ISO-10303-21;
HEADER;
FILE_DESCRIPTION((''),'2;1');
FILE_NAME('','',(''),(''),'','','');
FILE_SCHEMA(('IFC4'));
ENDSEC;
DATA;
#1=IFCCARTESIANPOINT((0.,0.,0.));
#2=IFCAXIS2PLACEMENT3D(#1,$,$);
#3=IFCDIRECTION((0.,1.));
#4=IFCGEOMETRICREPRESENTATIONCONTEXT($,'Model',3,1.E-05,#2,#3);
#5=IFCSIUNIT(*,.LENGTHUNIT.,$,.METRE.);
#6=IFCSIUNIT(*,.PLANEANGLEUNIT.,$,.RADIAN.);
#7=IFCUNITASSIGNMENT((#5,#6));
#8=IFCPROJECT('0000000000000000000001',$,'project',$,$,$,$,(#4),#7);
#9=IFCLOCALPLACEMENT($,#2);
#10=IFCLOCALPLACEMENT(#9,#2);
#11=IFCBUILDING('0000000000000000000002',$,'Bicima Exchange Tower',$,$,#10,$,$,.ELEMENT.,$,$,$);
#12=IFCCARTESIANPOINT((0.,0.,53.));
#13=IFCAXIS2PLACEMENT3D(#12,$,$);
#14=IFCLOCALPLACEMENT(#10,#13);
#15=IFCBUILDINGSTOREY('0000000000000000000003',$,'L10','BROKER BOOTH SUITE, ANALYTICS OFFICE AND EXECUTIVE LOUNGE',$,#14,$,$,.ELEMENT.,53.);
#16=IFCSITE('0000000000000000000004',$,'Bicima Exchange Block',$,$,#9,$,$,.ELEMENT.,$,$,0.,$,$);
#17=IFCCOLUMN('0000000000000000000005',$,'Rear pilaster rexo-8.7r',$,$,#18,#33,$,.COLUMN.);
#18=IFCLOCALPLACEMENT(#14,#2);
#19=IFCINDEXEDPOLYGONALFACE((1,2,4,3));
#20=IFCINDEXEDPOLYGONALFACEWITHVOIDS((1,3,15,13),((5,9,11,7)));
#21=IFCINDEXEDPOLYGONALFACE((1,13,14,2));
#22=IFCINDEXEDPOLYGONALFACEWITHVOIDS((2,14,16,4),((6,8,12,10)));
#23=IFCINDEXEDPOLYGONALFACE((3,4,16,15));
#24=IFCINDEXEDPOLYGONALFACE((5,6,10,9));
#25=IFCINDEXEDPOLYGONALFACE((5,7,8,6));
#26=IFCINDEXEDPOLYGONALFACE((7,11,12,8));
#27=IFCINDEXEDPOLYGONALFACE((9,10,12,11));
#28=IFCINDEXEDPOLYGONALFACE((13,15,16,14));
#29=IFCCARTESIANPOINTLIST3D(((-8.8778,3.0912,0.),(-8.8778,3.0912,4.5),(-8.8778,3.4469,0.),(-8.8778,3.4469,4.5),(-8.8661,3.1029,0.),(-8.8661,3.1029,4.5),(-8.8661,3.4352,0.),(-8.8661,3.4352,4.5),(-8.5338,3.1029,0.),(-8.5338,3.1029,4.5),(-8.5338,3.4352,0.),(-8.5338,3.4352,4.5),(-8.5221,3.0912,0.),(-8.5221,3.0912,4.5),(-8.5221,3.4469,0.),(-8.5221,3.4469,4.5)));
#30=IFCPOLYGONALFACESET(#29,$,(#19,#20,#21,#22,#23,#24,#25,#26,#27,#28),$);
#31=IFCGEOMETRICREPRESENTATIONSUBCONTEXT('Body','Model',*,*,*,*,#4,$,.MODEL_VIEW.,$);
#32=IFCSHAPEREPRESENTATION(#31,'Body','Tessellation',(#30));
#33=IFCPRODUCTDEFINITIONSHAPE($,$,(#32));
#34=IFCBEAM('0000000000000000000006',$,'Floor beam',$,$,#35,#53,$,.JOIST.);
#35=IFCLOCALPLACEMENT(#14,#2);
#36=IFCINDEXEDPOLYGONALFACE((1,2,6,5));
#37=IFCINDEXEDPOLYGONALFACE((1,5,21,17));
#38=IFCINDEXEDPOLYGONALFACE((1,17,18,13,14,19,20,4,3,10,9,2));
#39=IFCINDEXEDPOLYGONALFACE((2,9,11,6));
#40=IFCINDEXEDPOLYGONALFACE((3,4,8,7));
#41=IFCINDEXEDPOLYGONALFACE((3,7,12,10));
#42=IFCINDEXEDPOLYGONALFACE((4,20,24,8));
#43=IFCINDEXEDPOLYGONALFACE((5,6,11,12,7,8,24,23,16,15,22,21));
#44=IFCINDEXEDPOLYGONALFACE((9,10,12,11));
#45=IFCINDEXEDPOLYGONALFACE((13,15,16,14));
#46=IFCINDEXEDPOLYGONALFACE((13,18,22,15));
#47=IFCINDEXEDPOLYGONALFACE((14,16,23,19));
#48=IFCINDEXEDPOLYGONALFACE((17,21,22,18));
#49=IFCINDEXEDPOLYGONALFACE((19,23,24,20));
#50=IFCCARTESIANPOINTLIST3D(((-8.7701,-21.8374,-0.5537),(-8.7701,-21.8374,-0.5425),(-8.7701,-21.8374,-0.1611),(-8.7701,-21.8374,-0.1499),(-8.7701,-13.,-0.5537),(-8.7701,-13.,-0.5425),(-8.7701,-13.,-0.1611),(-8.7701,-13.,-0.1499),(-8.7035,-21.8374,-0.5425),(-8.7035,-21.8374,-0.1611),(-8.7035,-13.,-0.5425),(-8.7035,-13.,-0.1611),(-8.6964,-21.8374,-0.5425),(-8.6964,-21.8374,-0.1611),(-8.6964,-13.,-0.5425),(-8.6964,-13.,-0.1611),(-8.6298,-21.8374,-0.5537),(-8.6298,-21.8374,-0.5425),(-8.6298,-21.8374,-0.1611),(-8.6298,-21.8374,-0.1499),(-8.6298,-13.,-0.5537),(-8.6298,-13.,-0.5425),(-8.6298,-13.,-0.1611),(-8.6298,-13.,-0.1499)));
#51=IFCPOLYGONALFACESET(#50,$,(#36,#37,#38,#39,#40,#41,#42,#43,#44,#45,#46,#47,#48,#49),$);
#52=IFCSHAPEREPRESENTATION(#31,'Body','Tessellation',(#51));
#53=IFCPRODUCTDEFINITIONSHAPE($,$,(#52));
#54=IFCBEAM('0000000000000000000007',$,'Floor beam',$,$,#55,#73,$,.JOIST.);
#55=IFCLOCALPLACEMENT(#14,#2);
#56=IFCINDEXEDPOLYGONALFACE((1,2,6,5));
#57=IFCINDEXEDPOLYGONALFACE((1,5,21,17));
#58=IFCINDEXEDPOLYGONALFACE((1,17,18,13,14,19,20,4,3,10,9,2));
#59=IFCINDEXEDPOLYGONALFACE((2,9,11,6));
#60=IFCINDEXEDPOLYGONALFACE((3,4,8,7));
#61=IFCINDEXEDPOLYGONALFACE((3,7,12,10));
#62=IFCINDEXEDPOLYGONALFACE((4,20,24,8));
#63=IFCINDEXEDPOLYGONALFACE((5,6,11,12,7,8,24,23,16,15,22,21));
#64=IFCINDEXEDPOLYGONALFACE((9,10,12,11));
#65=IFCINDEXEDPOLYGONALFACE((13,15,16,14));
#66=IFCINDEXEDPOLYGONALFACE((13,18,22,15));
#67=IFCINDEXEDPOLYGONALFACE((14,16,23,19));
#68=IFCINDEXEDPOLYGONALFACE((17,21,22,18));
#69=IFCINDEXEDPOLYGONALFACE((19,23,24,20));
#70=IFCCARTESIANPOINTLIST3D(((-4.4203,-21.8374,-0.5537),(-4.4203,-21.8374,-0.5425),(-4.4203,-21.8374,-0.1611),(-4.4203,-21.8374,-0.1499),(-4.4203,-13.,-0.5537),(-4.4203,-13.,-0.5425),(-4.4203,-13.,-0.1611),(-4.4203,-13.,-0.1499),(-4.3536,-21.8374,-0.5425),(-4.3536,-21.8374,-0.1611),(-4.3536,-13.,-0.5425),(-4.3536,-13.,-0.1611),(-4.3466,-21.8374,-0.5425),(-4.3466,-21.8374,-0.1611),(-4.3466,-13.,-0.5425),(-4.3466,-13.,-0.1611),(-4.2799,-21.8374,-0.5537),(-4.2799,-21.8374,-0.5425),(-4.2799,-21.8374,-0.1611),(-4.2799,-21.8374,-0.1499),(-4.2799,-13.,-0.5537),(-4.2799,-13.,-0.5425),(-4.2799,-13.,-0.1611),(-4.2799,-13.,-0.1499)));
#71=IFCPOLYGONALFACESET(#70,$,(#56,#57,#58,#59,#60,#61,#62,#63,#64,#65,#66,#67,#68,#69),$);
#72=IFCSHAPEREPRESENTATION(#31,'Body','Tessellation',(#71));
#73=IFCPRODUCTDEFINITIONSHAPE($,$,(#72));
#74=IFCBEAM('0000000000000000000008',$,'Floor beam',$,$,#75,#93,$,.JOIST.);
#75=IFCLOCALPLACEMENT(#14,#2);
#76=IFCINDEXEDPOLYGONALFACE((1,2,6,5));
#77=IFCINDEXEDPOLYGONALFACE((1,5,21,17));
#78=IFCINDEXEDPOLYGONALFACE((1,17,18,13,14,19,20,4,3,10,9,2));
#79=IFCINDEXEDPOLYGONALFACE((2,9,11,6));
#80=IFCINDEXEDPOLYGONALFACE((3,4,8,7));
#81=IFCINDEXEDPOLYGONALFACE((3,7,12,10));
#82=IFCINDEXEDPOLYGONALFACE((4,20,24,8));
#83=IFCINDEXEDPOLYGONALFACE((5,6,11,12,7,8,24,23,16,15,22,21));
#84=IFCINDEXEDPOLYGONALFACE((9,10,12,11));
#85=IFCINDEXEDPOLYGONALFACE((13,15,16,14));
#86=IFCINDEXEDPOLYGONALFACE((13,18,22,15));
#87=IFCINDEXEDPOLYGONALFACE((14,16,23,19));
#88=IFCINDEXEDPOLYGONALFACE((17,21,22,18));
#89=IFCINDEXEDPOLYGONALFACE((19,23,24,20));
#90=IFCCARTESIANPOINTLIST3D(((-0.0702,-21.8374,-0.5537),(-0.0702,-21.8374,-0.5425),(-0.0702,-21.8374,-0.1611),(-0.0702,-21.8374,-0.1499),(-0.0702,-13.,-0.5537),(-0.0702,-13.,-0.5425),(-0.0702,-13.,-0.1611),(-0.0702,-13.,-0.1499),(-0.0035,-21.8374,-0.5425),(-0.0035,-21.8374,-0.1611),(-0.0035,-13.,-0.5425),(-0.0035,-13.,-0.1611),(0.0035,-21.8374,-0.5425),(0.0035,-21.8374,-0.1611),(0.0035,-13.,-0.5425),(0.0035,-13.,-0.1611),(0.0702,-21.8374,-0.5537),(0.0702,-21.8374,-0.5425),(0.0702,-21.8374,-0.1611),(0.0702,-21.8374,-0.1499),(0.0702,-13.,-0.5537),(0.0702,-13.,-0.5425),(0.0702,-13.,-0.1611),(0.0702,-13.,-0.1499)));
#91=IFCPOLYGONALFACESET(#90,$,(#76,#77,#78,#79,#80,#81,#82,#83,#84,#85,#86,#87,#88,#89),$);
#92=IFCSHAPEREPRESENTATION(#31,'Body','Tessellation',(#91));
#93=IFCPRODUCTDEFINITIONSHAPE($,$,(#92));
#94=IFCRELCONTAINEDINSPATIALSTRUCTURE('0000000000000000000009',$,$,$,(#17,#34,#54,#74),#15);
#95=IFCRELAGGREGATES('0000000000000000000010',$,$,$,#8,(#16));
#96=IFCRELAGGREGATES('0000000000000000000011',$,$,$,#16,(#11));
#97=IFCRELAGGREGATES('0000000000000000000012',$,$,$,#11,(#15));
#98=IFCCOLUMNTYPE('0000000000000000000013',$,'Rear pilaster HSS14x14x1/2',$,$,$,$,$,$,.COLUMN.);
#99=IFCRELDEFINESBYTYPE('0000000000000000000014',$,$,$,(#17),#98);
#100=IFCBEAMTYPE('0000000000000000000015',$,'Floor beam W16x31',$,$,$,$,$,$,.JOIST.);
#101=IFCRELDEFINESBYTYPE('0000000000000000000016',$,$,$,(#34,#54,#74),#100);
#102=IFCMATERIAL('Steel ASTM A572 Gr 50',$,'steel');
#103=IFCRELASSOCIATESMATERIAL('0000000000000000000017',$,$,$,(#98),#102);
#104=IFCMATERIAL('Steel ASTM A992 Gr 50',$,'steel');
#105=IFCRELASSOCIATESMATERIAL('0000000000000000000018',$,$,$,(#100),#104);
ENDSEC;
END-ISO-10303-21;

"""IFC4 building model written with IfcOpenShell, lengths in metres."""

from ifc_helpers import new_model, si_unit, direction, frame, origin, origin_2d, place, context, subcontext, project, spatial, hollow_rectangle, i_section, extrude, material, material_profile, profile_set, type_object, element, save


model = new_model("IFC4")

# Units and contexts
model_context = context("Model", 3, precision=1e-05, world=origin(), true_north=direction((0.0, 1.0)))
body_context = subcontext(model_context, "Body", "Model", "MODEL_VIEW")
ifc_project = project(units=[si_unit("LENGTHUNIT", "METRE"), si_unit("PLANEANGLEUNIT", "RADIAN")], contexts=[model_context])

# Site, building, storey
site_placement = place(None, origin())
site = spatial("IfcSite", under=ifc_project, at=site_placement, Name="Bicima Exchange Block", CompositionType="ELEMENT", RefElevation=0.0)
building_placement = place(site_placement, origin())
building = spatial("IfcBuilding", under=site, at=building_placement, Name="Bicima Exchange Tower", CompositionType="ELEMENT")
storey_placement = place(building_placement, frame((0.0, 0.0, 53.0)))
storey = spatial("IfcBuildingStorey", under=building, at=storey_placement, Name="L10", Description="BROKER BOOTH SUITE, ANALYTICS OFFICE AND EXECUTIVE LOUNGE", CompositionType="ELEMENT", Elevation=53.0)

# Column
ifc_material_1 = material(Name="Steel ASTM A572 Gr 50", Category="steel")
ifc_material_profile_1 = material_profile(ifc_material_1, hollow_rectangle(XDim=0.3557, YDim=0.3557, WallThickness=0.0117, at=origin_2d()))
ifc_profile_set_1 = profile_set([ifc_material_profile_1], Name="Steel ASTM A572 Gr 50")
column_type = type_object("IfcColumnType", Name="Rear pilaster HSS14x14x1/2", PredefinedType="COLUMN", material=ifc_profile_set_1)
column_placement = place(storey_placement, frame((-8.7, 3.269, 0.0), z_axis=(0.0, 0.0, 1.0), x_axis=(1.0, 0.0, 0.0)))
element("IfcColumn", 1, at=column_placement, inside=storey, type_object=column_type, Name="Rear pilaster rexo-8.7r", PredefinedType="COLUMN", context=body_context, shape_type="SweptSolid", body=[
    extrude(hollow_rectangle(XDim=0.3557, YDim=0.3557, WallThickness=0.0117, at=origin_2d()), origin(), (0.0, 0.0, 1.0), 4.5),
])

# Beams
ifc_material_2 = material(Name="Steel ASTM A992 Gr 50", Category="steel")
ifc_material_profile_2 = material_profile(ifc_material_2, i_section(OverallWidth=0.1404, OverallDepth=0.4038, WebThickness=0.0071, FlangeThickness=0.0112, at=origin_2d()))
ifc_profile_set_2 = profile_set([ifc_material_profile_2], Name="Steel ASTM A992 Gr 50")
beam_type = type_object("IfcBeamType", Name="Floor beam W16x31", PredefinedType="JOIST", material=ifc_profile_set_2)
for number, where, z_axis, x_axis, name in (
    (2, (-8.7, -13.0, -0.3518), (0.0, -1.0, 0.0), (1.0, 0.0, 0.0), "Floor beam"),
    (3, (-4.3501, -13.0, -0.3518), (0.0, -1.0, 0.0), (1.0, 0.0, 0.0), "Floor beam"),
    (4, (0.0, -13.0, -0.3518), (0.0, -1.0, 0.0), (1.0, 0.0, 0.0), "Floor beam"),
):
    element("IfcBeam", number, at=place(storey_placement, frame(where, z_axis=z_axis, x_axis=x_axis)), inside=storey, type_object=beam_type, Name=name, PredefinedType="JOIST", context=body_context, shape_type="SweptSolid", body=[
        extrude(i_section(OverallWidth=0.1404, OverallDepth=0.4038, WebThickness=0.0071, FlangeThickness=0.0112, at=origin_2d()), origin(), (0.0, 0.0, 1.0), 8.8374),
    ])

save(model, "model.ifc")
